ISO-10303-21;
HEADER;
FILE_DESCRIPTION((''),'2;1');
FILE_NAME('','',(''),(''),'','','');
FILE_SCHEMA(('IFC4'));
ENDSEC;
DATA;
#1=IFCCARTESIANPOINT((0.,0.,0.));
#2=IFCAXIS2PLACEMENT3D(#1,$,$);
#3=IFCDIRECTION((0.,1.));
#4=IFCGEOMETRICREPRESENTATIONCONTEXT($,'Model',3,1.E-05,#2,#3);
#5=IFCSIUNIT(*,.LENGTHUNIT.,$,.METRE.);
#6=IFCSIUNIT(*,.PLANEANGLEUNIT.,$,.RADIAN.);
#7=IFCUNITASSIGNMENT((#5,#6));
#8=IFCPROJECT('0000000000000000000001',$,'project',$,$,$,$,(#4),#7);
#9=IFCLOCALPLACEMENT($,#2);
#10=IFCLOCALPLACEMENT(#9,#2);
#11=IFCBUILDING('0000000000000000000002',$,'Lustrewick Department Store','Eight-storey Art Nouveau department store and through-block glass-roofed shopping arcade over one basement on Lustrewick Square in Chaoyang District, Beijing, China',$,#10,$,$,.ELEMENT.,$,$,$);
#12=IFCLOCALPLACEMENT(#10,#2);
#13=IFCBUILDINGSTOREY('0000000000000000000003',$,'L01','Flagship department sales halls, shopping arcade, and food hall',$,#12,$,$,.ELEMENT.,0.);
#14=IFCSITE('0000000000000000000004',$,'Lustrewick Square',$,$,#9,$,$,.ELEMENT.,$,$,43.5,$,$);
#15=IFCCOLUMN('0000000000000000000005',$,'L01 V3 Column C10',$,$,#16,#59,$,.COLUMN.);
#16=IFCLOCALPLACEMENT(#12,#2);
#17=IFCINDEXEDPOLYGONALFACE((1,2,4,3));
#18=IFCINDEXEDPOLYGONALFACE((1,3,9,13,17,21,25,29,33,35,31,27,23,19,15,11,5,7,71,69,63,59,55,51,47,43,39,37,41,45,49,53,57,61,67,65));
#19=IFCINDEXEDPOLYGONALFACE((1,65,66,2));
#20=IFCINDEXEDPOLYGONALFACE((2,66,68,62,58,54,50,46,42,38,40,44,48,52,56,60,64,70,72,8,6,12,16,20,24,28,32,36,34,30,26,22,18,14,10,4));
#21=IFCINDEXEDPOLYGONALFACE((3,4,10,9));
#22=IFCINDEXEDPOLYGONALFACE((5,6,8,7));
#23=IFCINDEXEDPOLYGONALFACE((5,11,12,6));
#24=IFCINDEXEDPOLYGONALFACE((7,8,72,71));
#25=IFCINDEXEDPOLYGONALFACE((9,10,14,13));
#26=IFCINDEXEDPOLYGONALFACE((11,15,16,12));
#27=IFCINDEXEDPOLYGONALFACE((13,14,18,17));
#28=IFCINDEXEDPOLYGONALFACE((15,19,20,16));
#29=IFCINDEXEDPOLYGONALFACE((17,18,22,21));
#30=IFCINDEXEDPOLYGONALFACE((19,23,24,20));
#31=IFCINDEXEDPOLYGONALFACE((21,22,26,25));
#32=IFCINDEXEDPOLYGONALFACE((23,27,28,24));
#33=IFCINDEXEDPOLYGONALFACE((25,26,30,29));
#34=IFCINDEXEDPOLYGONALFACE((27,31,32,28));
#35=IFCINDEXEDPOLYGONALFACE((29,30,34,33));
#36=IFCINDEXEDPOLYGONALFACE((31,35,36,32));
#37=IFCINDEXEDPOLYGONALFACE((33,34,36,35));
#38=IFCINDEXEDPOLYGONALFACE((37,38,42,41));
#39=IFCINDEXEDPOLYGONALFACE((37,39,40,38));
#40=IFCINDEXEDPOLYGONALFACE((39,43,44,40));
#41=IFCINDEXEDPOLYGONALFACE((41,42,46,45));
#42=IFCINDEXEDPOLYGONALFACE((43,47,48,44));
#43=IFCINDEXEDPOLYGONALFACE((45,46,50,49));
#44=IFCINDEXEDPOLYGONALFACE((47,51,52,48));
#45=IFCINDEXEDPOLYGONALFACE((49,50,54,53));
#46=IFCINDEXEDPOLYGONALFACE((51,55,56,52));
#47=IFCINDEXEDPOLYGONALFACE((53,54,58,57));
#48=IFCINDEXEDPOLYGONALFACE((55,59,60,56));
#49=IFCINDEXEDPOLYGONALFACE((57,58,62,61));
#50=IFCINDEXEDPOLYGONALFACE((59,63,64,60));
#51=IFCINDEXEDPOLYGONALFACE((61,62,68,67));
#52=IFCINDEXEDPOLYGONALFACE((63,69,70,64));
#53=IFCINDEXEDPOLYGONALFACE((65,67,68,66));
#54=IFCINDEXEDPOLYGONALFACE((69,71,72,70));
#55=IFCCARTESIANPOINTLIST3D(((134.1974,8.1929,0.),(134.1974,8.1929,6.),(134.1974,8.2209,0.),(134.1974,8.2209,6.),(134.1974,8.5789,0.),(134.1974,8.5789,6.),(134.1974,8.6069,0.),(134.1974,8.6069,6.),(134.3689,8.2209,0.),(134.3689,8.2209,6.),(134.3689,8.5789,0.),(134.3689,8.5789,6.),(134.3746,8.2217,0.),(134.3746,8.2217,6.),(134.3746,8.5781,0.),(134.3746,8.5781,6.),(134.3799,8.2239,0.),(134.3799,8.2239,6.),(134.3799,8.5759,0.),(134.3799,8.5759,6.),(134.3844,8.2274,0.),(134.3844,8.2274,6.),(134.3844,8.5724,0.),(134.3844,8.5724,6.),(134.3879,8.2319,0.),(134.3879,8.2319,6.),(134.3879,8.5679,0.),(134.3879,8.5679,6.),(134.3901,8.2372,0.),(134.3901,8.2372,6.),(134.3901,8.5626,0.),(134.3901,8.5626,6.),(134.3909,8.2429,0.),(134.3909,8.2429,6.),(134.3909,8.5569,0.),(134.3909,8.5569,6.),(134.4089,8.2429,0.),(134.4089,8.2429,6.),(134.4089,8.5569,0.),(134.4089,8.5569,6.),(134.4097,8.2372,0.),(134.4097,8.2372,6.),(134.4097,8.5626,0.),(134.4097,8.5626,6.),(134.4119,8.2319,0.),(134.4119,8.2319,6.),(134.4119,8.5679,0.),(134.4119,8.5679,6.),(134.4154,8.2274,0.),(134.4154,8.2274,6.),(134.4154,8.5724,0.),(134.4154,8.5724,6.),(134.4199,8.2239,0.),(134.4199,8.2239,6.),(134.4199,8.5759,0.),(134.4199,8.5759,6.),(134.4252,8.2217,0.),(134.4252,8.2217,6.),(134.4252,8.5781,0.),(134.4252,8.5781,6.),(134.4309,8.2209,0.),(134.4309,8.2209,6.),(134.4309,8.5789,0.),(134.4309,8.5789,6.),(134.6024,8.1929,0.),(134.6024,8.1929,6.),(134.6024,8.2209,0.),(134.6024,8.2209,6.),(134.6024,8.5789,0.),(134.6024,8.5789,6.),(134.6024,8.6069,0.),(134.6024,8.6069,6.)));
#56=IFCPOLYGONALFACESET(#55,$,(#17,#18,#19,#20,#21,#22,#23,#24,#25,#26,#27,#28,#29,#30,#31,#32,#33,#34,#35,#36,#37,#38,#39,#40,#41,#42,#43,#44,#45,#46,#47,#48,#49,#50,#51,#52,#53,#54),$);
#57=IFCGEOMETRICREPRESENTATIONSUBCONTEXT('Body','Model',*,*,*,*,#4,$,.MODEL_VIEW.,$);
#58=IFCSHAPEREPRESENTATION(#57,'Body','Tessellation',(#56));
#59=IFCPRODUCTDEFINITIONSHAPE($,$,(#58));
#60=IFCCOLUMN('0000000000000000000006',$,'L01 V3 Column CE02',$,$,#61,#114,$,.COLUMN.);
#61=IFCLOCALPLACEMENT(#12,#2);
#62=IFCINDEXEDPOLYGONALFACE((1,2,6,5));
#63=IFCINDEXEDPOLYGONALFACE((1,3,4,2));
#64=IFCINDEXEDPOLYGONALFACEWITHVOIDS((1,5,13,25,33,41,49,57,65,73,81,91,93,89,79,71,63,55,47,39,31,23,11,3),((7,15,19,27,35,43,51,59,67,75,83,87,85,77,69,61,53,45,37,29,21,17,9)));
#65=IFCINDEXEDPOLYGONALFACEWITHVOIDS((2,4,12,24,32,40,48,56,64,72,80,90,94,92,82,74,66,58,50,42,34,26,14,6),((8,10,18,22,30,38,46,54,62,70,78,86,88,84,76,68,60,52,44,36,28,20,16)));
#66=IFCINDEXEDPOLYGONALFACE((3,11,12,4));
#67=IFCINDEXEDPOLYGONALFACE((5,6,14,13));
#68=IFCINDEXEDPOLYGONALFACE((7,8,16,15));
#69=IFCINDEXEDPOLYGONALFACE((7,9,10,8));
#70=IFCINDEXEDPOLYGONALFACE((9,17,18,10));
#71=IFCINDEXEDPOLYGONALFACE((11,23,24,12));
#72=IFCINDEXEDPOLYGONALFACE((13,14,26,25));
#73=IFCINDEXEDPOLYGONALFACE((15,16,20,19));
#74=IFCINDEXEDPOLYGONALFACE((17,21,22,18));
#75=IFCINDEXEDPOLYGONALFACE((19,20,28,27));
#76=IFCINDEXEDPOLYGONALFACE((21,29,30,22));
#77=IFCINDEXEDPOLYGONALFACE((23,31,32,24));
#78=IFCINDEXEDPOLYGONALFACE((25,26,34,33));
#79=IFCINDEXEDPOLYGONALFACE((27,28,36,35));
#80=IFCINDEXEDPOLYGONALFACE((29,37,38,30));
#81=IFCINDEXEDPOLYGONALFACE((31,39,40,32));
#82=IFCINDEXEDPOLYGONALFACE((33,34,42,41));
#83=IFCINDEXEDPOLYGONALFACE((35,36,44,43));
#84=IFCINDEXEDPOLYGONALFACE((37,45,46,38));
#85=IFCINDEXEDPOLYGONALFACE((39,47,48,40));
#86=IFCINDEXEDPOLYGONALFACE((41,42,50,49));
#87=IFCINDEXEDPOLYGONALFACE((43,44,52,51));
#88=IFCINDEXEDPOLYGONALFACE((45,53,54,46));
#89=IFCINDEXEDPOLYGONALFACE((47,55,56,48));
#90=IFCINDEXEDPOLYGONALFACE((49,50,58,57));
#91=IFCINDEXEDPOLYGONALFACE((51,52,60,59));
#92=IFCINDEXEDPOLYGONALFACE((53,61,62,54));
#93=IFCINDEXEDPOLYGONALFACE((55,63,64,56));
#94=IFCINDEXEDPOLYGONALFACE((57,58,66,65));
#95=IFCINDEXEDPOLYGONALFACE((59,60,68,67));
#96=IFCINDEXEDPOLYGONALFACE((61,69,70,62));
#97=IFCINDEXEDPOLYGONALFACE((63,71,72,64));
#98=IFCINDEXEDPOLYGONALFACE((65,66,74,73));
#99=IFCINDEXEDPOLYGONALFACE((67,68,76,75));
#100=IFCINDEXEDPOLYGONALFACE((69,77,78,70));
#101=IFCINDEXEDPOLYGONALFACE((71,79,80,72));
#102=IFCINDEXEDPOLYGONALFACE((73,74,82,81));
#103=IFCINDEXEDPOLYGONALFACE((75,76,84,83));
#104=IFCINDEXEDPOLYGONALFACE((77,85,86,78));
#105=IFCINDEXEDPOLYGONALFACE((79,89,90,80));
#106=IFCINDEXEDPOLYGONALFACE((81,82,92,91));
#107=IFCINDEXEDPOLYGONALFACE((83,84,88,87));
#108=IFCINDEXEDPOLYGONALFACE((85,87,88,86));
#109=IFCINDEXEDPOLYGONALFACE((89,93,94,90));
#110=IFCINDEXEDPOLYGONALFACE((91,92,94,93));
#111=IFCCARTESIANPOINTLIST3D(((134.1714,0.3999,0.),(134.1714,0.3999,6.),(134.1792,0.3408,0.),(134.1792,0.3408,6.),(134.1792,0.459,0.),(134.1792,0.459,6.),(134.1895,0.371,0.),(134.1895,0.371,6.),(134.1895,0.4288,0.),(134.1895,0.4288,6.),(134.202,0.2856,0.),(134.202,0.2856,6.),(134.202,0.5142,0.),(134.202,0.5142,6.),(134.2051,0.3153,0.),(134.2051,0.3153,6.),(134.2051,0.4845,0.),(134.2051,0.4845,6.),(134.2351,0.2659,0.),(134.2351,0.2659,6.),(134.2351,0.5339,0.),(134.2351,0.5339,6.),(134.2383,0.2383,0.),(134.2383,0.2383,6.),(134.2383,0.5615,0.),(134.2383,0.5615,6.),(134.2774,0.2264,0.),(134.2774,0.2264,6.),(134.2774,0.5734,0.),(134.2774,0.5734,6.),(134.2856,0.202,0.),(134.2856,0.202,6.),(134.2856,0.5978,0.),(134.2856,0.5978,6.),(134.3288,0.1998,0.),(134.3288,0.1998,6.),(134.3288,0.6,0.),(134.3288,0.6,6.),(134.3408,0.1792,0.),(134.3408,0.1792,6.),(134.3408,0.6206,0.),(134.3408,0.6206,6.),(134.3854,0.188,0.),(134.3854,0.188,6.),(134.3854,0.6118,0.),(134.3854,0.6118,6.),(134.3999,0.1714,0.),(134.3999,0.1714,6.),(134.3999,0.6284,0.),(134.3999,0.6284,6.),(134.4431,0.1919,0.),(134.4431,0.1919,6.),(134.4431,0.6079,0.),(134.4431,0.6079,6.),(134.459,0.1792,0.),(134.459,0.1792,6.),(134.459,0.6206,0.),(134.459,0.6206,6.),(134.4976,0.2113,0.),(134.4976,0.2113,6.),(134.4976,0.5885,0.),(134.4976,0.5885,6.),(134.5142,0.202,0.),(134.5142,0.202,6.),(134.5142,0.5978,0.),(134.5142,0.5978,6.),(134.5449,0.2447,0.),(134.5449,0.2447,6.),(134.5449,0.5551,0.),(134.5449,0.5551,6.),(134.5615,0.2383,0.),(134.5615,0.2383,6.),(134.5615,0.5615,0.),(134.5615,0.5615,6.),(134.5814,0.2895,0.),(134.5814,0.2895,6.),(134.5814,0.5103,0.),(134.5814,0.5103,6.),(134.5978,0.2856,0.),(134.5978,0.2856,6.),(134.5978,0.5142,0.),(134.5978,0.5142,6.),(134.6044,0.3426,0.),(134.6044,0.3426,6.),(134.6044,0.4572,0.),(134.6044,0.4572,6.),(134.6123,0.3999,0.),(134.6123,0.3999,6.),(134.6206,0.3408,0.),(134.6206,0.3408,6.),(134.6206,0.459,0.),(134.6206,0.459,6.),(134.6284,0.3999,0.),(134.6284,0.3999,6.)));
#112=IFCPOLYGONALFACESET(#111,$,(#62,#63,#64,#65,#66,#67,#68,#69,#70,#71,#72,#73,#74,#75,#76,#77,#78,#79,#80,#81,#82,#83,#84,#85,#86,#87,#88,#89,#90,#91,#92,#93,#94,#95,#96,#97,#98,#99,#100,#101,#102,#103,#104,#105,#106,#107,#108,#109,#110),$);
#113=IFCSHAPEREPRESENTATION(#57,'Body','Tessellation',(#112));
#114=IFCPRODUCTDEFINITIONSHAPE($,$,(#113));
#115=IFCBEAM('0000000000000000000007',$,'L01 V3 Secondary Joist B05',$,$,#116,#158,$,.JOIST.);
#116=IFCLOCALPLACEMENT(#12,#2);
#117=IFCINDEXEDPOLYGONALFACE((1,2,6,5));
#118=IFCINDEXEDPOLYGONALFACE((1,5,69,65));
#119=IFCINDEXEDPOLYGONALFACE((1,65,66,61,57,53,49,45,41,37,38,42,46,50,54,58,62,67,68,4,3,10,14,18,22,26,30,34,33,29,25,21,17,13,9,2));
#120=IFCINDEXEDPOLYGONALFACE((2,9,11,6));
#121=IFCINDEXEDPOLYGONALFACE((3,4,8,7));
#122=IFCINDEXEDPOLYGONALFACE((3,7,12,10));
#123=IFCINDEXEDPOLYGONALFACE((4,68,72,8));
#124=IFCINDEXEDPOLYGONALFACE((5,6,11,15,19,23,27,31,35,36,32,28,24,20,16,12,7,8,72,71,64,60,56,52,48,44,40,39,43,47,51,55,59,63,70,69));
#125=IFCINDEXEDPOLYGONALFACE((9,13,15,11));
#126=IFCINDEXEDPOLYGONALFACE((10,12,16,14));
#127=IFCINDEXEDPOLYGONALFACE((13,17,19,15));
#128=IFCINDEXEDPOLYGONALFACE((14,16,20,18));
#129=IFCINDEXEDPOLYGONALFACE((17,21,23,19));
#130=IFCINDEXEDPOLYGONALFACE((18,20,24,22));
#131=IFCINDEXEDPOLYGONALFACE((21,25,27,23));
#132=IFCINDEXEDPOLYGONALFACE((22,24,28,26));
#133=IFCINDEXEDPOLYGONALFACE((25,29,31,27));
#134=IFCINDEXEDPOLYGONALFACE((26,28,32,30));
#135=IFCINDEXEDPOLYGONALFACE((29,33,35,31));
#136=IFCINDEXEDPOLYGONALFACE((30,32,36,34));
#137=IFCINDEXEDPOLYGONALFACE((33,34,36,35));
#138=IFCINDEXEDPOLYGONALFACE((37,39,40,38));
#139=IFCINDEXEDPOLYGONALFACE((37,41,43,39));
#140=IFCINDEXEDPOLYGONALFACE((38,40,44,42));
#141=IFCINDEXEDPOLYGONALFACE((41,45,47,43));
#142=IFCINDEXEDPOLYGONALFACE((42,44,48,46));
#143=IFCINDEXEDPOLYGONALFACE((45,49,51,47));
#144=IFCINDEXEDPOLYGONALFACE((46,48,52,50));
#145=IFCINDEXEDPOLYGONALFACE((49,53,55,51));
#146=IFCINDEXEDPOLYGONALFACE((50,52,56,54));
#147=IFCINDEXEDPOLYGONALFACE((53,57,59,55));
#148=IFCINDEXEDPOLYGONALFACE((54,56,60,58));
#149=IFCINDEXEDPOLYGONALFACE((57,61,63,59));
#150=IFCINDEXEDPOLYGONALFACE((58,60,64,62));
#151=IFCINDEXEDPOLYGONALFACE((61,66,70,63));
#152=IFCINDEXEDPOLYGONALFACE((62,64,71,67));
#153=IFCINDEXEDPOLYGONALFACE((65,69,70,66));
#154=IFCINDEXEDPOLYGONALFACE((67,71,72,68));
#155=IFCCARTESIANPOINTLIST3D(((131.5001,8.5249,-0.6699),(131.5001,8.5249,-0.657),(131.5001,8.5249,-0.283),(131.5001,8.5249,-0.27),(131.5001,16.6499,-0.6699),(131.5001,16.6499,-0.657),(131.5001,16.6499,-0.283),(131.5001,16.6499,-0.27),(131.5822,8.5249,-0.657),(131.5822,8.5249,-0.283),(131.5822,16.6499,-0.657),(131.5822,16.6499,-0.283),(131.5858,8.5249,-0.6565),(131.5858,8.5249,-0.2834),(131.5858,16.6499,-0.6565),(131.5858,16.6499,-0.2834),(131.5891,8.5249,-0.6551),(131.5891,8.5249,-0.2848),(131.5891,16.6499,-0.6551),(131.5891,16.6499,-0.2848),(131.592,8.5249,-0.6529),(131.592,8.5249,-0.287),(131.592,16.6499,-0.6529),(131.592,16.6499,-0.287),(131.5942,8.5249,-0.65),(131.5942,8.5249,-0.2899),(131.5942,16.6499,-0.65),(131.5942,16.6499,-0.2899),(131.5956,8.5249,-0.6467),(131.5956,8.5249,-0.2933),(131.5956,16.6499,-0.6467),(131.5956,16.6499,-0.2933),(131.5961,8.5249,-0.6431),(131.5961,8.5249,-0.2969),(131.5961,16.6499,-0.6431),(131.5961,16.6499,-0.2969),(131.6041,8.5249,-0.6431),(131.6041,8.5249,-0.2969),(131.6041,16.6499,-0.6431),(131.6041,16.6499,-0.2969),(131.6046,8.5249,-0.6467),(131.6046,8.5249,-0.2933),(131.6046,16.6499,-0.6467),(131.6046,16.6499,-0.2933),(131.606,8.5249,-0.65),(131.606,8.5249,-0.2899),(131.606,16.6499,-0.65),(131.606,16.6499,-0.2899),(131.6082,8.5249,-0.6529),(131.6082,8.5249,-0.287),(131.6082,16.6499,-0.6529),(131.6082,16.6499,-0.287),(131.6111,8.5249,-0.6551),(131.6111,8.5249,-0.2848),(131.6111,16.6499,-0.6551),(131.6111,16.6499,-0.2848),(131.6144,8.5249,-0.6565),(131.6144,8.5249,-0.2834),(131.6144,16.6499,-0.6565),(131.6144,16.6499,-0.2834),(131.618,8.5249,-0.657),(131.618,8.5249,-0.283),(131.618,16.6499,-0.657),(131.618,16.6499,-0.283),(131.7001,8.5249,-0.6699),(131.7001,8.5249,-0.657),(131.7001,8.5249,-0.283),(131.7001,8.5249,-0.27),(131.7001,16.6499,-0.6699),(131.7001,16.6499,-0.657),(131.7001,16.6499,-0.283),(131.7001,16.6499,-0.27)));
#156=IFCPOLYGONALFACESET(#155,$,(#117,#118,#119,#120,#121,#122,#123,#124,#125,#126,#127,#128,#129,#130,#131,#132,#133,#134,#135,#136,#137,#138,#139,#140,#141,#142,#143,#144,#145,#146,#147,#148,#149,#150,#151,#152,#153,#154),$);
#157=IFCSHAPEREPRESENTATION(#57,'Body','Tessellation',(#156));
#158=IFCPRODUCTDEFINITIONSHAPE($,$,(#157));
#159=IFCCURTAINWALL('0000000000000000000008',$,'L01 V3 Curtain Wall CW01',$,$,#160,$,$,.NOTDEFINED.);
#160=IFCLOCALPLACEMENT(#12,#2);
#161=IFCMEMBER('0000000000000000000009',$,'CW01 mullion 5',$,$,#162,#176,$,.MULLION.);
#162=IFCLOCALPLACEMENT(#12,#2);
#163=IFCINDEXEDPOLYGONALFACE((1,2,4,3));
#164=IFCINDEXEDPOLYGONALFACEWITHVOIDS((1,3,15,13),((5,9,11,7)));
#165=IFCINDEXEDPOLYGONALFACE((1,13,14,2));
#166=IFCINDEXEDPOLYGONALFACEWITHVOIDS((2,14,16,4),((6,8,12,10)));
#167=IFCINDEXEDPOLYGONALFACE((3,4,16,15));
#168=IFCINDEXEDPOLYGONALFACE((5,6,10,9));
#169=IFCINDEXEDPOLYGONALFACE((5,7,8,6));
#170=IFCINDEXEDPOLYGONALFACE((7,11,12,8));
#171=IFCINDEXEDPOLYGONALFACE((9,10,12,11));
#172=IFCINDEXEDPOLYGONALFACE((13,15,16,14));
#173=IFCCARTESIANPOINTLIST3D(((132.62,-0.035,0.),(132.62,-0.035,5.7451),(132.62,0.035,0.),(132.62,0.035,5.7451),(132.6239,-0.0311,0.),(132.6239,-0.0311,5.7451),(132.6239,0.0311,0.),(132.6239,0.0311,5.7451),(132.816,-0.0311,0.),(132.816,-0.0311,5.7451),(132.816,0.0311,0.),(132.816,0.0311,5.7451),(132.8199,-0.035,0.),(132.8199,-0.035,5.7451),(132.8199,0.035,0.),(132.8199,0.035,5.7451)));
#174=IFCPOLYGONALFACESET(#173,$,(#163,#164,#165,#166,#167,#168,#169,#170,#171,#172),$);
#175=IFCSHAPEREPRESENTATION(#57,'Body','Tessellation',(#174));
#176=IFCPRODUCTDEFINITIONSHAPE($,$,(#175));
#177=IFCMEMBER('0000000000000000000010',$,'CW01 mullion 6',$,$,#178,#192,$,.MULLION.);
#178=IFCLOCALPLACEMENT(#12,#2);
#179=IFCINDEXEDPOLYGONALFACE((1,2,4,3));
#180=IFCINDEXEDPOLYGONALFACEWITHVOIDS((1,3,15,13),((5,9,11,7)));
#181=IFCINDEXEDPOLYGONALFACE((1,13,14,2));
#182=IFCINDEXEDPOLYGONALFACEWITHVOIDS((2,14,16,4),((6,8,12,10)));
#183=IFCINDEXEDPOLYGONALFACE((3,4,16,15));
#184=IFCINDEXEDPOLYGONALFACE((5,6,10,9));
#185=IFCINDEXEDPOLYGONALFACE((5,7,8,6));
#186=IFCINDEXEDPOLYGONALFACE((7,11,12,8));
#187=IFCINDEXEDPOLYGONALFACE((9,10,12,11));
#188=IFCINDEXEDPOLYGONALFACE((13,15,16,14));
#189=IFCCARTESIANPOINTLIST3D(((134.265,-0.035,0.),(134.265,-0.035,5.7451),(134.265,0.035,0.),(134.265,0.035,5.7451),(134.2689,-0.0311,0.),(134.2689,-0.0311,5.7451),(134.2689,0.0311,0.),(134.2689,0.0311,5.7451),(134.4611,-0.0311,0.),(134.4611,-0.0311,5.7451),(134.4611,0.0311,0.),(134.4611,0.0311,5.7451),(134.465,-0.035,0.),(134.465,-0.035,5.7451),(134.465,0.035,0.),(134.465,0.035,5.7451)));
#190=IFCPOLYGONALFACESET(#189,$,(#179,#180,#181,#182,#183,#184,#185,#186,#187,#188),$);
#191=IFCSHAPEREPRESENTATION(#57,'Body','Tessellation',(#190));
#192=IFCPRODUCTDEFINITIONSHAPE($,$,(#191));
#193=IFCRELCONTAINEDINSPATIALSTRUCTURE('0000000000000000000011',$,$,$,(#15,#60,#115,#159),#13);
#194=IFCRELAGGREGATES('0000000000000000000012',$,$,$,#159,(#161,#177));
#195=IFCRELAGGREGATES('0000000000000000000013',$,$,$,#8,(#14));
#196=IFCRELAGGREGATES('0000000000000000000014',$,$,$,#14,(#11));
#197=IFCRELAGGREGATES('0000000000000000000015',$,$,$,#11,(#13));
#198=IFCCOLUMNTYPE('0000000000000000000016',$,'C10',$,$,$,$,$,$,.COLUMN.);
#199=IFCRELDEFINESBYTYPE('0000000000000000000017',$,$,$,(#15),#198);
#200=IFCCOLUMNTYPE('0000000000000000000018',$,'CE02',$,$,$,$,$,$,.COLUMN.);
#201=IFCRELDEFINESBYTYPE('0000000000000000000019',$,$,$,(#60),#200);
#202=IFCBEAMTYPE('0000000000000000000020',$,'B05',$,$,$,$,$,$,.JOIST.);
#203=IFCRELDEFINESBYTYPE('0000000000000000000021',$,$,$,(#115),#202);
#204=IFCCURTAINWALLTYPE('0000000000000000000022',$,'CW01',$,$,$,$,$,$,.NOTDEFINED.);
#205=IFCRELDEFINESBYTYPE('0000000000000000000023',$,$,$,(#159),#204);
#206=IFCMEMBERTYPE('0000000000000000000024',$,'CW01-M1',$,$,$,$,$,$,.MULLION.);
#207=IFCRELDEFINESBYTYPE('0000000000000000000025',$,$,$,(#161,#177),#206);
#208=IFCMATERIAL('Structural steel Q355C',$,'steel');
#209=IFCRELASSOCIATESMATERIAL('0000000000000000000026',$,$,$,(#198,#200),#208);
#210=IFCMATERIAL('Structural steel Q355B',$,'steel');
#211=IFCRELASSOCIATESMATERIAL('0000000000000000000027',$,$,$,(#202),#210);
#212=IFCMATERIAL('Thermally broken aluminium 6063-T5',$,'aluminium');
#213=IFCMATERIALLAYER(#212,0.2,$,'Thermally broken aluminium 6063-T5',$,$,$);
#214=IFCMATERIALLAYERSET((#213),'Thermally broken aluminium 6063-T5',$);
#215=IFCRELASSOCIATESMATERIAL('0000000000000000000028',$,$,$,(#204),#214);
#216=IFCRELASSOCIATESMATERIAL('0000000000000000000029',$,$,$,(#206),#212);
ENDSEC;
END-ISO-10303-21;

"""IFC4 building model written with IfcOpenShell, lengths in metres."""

from ifc_helpers import new_model, si_unit, direction, frame, origin, origin_2d, place, context, subcontext, project, spatial, hollow_rectangle, hollow_circle, i_section, extrude, material, layer, layer_set, material_profile, profile_set, type_object, element, aggregate, save


model = new_model("IFC4")

# Units and contexts
model_context = context("Model", 3, precision=1e-05, world=origin(), true_north=direction((0.0, 1.0)))
body_context = subcontext(model_context, "Body", "Model", "MODEL_VIEW")
ifc_project = project(units=[si_unit("LENGTHUNIT", "METRE"), si_unit("PLANEANGLEUNIT", "RADIAN")], contexts=[model_context])

# Site, building, storey
site_placement = place(None, origin())
site = spatial("IfcSite", under=ifc_project, at=site_placement, Name="Lustrewick Square", CompositionType="ELEMENT", RefElevation=43.5)
building_placement = place(site_placement, origin())
building = spatial("IfcBuilding", under=site, at=building_placement, Name="Lustrewick Department Store", Description="Eight-storey Art Nouveau department store and through-block glass-roofed shopping arcade over one basement on Lustrewick Square in Chaoyang District, Beijing, China", CompositionType="ELEMENT")
storey_placement = place(building_placement, origin())
storey = spatial("IfcBuildingStorey", under=building, at=storey_placement, Name="L01", Description="Flagship department sales halls, shopping arcade, and food hall", CompositionType="ELEMENT", Elevation=0.0)

# Columns
ifc_material_1 = material(Name="Structural steel Q355C", Category="steel")
ifc_material_profile_1 = material_profile(ifc_material_1, i_section(OverallWidth=0.405, OverallDepth=0.4141, WebThickness=0.0181, FlangeThickness=0.0281, FilletRadius=0.022, at=origin_2d()), Name="HW 414x405x18x28")
ifc_profile_set_1 = profile_set([ifc_material_profile_1], Name="Structural steel Q355C")
column_type_1 = type_object("IfcColumnType", Name="C10", PredefinedType="COLUMN", material=ifc_profile_set_1)
column_1_placement = place(storey_placement, frame((134.3999, 8.3999, 0.0), z_axis=(0.0, 0.0, 1.0), x_axis=(1.0, 0.0, 0.0)))
element("IfcColumn", 1, at=column_1_placement, inside=storey, type_object=column_type_1, Name="L01 V3 Column C10", PredefinedType="COLUMN", context=body_context, shape_type="SweptSolid", body=[
    extrude(i_section(OverallWidth=0.405, OverallDepth=0.4141, WebThickness=0.0181, FlangeThickness=0.0281, FilletRadius=0.022, at=origin_2d()), origin(), (0.0, 0.0, 1.0), 6.0),
])
ifc_material_profile_2 = material_profile(ifc_material_1, hollow_circle(Radius=0.2285, WallThickness=0.0161, at=origin_2d()), Name="CHS 457x16")
ifc_profile_set_2 = profile_set([ifc_material_profile_2], Name="Structural steel Q355C")
column_type_2 = type_object("IfcColumnType", Name="CE02", PredefinedType="COLUMN", material=ifc_profile_set_2)
column_2_placement = place(storey_placement, frame((134.3999, 0.3999, 0.0), z_axis=(0.0, 0.0, 1.0), x_axis=(1.0, 0.0, 0.0)))
element("IfcColumn", 2, at=column_2_placement, inside=storey, type_object=column_type_2, Name="L01 V3 Column CE02", PredefinedType="COLUMN", context=body_context, shape_type="SweptSolid", body=[
    extrude(hollow_circle(Radius=0.2285, WallThickness=0.0161, at=origin_2d()), origin(), (0.0, 0.0, 1.0), 6.0),
])

# Beam
ifc_material_2 = material(Name="Structural steel Q355B", Category="steel")
ifc_material_profile_3 = material_profile(ifc_material_2, i_section(OverallWidth=0.2, OverallDepth=0.3999, WebThickness=0.0081, FlangeThickness=0.0129, FilletRadius=0.0139, at=origin_2d()), Name="HN 400x200x8x13")
ifc_profile_set_3 = profile_set([ifc_material_profile_3], Name="Structural steel Q355B")
beam_type_1 = type_object("IfcBeamType", Name="B05", PredefinedType="JOIST", material=ifc_profile_set_3)
beam_1_placement = place(storey_placement, frame((131.6001, 8.5249, -0.47), z_axis=(0.0, 1.0, 0.0), x_axis=(-1.0, 0.0, 0.0)))
element("IfcBeam", 3, at=beam_1_placement, inside=storey, type_object=beam_type_1, Name="L01 V3 Secondary Joist B05", PredefinedType="JOIST", context=body_context, shape_type="SweptSolid", body=[
    extrude(i_section(OverallWidth=0.2, OverallDepth=0.3999, WebThickness=0.0081, FlangeThickness=0.0129, FilletRadius=0.0139, at=origin_2d()), origin(), (0.0, 0.0, 1.0), 8.125),
])

# Curtain wall, members
ifc_material_3 = material(Name="Thermally broken aluminium 6063-T5", Category="aluminium")
ifc_layer_1 = layer(ifc_material_3, 0.2, Name="Thermally broken aluminium 6063-T5")
ifc_layer_set_1 = layer_set([ifc_layer_1], Name="Thermally broken aluminium 6063-T5")
curtain_wall_type = type_object("IfcCurtainWallType", Name="CW01", PredefinedType="NOTDEFINED", material=ifc_layer_set_1)
curtain_wall_placement = place(storey_placement, origin())
curtain_wall = element("IfcCurtainWall", 4, at=curtain_wall_placement, inside=storey, type_object=curtain_wall_type, Name="L01 V3 Curtain Wall CW01", PredefinedType="NOTDEFINED")
ifc_material_profile_4 = material_profile(ifc_material_3, hollow_rectangle(XDim=0.0701, YDim=0.2, WallThickness=0.0039, at=origin_2d()), Name="ALU-M 70x200x4")
ifc_profile_set_4 = profile_set([ifc_material_profile_4], Name="Thermally broken aluminium 6063-T5")
member_type_1 = type_object("IfcMemberType", Name="CW01-M1", PredefinedType="MULLION", material=ifc_profile_set_4)
member_1_placement = place(storey_placement, frame((132.72, 0.0, 0.0), z_axis=(0.0, 0.0, 1.0), x_axis=(0.0, 1.0, 0.0)))
member_1 = element("IfcMember", 5, at=member_1_placement, type_object=member_type_1, Name="CW01 mullion 5", PredefinedType="MULLION", context=body_context, shape_type="SweptSolid", body=[
    extrude(hollow_rectangle(XDim=0.0701, YDim=0.2, WallThickness=0.0039, at=origin_2d()), origin(), (0.0, 0.0, 1.0), 5.7451),
])
member_2_placement = place(storey_placement, frame((134.365, 0.0, 0.0), z_axis=(0.0, 0.0, 1.0), x_axis=(0.0, 1.0, 0.0)))
member_2 = element("IfcMember", 6, at=member_2_placement, type_object=member_type_1, Name="CW01 mullion 6", PredefinedType="MULLION", context=body_context, shape_type="SweptSolid", body=[
    extrude(hollow_rectangle(XDim=0.0701, YDim=0.2, WallThickness=0.0039, at=origin_2d()), origin(), (0.0, 0.0, 1.0), 5.7451),
])

aggregate(curtain_wall, [member_1, member_2])

save(model, "model.ifc")
